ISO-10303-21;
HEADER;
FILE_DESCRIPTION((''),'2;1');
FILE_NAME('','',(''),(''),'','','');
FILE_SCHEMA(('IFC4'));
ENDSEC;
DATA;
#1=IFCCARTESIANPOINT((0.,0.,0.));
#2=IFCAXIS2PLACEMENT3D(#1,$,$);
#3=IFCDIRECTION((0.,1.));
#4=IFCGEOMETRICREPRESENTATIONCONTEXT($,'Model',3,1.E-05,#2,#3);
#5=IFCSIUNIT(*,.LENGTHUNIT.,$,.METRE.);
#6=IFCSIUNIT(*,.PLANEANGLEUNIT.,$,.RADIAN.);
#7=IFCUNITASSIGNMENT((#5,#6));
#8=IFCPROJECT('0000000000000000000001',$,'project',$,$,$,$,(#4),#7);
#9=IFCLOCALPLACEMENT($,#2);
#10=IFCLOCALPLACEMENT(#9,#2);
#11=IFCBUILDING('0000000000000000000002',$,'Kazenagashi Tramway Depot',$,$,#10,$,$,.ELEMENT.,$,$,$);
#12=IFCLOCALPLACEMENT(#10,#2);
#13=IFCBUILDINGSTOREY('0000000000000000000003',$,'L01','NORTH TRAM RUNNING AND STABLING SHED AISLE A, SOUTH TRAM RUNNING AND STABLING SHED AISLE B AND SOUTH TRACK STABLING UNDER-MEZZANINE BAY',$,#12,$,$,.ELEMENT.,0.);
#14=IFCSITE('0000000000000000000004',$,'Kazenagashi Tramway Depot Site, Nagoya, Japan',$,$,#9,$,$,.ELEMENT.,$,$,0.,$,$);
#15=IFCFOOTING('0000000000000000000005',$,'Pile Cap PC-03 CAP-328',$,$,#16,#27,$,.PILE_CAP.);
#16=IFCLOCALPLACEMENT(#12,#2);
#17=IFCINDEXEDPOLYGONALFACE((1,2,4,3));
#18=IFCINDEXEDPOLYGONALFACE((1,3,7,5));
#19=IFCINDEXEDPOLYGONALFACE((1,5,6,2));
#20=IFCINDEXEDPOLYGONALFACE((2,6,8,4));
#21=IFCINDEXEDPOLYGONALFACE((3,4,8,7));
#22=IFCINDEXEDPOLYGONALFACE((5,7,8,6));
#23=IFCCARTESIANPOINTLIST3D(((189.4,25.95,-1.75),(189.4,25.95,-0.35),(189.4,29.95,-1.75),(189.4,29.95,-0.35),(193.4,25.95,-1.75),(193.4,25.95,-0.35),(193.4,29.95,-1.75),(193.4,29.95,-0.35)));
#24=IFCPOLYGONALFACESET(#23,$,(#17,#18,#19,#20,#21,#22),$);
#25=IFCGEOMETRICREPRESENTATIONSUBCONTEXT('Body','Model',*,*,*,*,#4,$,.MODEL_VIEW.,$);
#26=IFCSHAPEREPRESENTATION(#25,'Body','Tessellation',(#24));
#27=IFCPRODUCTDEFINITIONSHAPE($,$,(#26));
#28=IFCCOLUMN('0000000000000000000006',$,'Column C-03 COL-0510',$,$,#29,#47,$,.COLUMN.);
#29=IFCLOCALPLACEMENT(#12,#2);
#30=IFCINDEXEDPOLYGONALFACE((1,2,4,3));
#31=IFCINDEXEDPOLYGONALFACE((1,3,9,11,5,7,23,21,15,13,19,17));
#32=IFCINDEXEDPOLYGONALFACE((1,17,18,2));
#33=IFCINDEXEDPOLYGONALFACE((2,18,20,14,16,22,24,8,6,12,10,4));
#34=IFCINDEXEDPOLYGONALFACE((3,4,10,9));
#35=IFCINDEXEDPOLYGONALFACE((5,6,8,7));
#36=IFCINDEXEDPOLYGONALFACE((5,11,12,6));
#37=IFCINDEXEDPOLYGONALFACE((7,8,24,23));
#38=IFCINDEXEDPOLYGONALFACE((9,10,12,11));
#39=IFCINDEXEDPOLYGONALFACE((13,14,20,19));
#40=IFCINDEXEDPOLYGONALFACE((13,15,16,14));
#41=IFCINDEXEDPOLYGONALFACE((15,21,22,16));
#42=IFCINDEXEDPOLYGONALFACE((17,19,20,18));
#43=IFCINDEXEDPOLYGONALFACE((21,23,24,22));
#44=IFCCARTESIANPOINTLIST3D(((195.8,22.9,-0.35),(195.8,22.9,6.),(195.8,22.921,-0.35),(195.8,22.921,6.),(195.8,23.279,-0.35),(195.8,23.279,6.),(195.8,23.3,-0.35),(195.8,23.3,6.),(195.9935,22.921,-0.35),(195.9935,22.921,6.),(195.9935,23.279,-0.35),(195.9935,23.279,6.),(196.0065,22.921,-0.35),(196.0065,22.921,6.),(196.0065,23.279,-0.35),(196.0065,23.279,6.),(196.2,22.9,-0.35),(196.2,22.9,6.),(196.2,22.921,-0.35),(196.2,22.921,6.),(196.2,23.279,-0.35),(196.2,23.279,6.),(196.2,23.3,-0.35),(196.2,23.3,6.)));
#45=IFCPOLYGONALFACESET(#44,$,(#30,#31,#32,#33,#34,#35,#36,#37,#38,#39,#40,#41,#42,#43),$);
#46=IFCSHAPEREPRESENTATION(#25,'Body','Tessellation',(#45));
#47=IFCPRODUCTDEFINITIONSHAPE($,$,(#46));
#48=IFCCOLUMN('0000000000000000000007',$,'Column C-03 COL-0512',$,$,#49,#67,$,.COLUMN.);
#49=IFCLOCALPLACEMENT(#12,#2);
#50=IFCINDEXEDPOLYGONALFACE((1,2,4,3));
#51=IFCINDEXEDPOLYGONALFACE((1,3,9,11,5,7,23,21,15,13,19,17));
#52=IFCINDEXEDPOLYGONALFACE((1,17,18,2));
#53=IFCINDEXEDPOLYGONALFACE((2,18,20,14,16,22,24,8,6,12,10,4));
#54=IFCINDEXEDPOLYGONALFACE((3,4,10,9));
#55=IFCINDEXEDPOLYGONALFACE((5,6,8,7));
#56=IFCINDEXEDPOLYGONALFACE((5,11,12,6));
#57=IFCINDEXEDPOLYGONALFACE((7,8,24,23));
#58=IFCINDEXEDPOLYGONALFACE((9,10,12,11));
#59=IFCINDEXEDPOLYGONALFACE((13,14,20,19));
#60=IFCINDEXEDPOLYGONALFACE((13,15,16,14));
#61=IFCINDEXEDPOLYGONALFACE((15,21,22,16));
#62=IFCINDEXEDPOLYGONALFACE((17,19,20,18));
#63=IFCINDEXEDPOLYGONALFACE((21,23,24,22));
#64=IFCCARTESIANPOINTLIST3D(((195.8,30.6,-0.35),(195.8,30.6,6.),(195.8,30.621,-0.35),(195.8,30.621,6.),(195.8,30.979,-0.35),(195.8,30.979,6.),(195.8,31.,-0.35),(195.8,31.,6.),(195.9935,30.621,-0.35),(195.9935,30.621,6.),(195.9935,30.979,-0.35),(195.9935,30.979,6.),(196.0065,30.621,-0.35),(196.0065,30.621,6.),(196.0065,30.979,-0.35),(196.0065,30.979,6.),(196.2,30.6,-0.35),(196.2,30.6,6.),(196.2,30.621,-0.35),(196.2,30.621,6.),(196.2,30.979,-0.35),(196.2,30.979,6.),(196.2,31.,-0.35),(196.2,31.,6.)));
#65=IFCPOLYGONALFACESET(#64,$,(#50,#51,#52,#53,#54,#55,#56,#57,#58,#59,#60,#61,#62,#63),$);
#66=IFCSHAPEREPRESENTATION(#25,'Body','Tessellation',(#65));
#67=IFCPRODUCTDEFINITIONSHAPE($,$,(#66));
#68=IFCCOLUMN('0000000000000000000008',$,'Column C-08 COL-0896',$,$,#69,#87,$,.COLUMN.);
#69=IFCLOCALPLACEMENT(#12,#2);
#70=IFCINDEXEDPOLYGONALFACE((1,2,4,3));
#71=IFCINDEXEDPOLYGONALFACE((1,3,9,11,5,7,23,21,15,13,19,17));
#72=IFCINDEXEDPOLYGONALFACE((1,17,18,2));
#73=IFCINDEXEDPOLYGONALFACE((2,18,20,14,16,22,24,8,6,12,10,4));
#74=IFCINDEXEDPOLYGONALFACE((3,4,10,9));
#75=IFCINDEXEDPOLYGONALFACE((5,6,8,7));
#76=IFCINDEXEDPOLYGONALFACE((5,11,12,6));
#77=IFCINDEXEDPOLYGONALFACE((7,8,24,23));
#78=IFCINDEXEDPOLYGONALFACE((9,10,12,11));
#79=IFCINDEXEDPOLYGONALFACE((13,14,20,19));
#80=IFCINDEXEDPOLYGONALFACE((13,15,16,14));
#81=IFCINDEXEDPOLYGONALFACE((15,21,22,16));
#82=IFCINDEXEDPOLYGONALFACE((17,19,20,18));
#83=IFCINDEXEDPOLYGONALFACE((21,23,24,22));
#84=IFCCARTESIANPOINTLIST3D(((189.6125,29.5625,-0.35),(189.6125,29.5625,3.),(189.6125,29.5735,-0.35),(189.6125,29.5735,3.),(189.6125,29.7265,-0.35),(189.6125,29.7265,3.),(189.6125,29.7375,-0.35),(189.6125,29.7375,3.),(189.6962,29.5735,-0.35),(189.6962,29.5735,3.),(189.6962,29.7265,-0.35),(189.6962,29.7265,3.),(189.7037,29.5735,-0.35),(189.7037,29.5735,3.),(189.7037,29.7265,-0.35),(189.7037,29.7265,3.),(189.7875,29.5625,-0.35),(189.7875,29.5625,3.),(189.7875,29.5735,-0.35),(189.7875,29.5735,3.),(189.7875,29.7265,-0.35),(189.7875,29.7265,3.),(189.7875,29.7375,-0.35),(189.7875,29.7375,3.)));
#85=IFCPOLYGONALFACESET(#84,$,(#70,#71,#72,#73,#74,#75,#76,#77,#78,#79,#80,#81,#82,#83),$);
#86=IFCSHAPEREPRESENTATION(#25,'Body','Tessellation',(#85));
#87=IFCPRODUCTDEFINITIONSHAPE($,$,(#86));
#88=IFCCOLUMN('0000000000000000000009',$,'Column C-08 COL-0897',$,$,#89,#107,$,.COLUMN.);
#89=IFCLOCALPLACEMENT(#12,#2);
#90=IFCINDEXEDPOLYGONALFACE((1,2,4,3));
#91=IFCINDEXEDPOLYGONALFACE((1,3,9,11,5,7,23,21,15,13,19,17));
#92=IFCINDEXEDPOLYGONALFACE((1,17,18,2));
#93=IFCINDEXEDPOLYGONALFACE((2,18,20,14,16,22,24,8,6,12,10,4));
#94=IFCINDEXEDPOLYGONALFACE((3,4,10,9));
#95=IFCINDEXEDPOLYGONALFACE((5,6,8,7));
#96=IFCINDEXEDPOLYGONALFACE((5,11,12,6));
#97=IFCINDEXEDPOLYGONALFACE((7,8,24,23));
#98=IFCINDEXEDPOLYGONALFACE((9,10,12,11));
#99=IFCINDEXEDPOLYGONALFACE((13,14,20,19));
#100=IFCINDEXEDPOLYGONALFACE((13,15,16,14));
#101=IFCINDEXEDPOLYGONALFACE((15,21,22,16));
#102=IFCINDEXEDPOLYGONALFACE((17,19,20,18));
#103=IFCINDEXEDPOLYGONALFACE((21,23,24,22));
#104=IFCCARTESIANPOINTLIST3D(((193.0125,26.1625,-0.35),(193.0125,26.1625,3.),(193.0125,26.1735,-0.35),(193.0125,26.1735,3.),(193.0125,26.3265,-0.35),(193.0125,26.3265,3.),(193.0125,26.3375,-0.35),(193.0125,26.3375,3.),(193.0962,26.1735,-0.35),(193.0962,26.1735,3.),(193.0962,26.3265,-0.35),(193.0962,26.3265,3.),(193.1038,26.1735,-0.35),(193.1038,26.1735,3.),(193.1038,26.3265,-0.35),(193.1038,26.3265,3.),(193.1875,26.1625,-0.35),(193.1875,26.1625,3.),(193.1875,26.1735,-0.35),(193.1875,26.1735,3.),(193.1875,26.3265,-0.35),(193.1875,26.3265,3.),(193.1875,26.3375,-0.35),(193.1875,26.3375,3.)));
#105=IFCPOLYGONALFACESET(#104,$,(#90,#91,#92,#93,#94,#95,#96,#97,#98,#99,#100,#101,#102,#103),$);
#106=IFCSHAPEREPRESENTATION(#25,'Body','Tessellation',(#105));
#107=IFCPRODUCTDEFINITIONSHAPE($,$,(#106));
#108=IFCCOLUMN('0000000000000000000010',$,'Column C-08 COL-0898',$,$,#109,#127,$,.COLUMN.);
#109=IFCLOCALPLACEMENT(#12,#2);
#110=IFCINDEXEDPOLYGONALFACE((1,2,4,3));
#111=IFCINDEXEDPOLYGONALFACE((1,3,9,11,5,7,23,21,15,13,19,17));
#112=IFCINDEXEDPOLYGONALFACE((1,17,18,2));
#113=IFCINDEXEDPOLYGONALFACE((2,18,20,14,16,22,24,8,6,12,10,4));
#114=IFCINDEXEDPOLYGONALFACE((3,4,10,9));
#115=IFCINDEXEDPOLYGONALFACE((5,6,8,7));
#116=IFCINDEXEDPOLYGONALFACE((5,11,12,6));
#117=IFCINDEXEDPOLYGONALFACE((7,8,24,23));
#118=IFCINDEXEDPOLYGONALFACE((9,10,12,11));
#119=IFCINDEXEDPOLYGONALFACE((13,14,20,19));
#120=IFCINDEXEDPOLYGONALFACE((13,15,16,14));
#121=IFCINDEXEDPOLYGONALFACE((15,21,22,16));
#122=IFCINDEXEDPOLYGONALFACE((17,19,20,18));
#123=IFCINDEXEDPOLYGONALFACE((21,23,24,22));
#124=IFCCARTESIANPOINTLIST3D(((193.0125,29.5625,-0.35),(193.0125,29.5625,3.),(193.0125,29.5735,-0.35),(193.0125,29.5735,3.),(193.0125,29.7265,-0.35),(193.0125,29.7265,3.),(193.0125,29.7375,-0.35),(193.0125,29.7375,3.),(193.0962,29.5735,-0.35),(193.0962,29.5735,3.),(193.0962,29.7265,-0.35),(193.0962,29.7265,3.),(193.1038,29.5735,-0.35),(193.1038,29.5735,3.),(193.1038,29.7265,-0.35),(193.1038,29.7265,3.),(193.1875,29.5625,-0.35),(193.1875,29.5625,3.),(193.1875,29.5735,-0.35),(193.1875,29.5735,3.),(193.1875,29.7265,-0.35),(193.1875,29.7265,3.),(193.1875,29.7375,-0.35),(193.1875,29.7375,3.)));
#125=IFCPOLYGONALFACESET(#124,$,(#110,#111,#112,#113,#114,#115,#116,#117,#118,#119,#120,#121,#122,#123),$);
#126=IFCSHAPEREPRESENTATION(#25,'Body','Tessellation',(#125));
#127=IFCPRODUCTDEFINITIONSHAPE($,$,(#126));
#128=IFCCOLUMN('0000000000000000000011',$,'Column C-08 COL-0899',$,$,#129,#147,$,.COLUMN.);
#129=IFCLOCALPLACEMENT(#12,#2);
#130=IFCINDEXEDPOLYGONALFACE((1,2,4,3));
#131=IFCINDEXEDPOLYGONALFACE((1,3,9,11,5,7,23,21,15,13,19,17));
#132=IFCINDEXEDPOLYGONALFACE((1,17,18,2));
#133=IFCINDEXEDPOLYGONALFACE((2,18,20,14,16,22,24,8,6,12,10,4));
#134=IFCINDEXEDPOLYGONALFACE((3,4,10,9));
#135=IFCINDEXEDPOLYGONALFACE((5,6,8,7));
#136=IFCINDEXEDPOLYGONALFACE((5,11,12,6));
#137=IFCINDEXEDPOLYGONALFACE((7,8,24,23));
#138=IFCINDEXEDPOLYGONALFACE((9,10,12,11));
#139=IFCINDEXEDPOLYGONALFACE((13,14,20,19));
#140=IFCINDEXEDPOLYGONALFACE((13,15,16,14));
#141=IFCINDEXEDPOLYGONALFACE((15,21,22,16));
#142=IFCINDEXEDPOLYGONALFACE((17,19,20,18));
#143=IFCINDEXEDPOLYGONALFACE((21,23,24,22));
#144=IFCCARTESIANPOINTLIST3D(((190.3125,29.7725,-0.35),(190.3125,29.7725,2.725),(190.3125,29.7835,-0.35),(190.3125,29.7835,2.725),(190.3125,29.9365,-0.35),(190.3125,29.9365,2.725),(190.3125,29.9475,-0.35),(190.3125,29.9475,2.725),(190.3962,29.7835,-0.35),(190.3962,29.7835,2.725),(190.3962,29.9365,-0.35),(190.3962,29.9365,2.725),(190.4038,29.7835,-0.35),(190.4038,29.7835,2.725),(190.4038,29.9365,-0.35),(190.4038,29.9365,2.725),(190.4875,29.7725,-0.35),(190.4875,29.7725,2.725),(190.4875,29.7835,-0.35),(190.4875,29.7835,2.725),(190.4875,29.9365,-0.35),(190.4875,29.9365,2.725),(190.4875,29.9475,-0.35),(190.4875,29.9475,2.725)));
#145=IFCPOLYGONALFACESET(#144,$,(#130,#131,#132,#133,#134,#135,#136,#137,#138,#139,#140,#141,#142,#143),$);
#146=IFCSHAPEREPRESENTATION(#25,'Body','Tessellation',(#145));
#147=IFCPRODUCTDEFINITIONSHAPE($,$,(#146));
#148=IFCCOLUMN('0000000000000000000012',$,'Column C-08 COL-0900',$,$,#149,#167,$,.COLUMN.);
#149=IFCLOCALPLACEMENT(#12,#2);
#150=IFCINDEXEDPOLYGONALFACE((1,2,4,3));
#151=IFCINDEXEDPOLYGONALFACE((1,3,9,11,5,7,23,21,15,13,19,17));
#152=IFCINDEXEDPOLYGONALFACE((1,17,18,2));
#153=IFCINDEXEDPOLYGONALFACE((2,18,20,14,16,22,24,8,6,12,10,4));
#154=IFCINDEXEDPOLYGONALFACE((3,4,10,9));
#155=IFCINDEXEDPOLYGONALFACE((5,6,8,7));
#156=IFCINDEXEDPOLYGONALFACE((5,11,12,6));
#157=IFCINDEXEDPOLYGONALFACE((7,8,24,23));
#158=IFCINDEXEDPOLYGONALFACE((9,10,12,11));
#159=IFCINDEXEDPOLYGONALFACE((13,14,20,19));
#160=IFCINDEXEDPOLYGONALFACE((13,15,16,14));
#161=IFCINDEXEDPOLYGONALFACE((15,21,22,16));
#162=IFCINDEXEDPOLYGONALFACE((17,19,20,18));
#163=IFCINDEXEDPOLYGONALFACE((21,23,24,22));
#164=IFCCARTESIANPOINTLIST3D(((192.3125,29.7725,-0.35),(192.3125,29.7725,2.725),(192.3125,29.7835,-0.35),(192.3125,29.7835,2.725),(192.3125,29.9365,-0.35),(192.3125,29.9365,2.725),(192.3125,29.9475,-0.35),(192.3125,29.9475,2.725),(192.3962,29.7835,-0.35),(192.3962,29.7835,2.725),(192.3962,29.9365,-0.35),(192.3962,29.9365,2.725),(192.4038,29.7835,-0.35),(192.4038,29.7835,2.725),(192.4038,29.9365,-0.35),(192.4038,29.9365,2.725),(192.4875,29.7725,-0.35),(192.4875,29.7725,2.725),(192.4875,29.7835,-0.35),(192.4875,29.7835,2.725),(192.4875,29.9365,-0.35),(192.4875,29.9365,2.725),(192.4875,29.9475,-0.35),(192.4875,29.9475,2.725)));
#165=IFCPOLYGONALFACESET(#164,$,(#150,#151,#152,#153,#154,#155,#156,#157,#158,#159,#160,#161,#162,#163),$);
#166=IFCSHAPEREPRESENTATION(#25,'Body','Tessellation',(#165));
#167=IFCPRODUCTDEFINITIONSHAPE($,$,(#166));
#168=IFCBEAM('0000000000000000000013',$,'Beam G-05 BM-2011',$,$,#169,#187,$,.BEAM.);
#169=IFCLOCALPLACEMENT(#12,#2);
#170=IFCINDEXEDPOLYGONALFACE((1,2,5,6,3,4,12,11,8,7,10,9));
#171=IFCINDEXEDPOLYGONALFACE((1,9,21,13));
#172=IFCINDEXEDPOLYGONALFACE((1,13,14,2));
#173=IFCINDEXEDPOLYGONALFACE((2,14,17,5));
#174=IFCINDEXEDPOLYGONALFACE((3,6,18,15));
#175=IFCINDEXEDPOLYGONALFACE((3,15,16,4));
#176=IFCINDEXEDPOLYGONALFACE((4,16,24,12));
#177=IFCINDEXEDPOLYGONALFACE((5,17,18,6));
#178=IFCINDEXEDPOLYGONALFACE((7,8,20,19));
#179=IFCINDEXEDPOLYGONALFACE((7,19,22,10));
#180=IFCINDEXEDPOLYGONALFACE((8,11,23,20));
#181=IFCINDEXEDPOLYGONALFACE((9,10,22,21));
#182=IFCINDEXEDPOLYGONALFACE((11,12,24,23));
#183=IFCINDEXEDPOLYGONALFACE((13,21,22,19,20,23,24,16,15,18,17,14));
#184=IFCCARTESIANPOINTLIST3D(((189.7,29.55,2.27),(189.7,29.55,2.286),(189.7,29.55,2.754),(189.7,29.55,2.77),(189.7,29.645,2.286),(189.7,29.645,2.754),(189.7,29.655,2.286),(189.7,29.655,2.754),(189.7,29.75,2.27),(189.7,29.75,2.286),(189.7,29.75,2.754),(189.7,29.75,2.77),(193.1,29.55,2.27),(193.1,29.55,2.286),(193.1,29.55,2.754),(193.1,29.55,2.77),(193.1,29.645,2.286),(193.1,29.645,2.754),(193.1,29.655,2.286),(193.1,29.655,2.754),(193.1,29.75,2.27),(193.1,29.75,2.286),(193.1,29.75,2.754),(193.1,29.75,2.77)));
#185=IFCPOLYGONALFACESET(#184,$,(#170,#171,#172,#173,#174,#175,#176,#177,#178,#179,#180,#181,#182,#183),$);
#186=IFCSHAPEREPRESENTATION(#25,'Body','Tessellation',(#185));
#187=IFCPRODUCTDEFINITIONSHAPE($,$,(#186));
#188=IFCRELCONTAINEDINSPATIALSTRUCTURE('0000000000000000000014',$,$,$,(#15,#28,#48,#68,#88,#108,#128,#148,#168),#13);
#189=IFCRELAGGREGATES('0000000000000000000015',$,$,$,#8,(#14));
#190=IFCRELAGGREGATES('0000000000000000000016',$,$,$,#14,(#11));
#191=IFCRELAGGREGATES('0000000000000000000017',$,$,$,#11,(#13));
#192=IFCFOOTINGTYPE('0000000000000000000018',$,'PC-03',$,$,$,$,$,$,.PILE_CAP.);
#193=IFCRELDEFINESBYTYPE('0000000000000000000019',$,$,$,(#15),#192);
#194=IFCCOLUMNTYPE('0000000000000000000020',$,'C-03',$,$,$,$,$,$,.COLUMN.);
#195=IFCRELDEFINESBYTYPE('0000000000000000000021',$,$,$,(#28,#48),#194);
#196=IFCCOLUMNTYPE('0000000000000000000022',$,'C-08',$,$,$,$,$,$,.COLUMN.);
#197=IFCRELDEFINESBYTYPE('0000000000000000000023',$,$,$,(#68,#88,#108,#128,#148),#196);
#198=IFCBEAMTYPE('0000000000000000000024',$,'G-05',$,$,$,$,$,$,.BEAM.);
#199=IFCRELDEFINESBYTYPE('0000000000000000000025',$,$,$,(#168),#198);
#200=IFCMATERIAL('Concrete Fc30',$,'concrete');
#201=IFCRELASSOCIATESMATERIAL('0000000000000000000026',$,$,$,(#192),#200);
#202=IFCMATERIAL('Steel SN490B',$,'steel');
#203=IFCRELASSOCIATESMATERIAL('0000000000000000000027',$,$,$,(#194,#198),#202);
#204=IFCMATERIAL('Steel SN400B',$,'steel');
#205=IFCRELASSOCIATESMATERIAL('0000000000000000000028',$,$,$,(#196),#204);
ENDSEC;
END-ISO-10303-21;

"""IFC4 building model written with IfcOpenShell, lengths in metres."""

from ifc_helpers import new_model, si_unit, direction, frame, origin, origin_2d, place, context, subcontext, project, spatial, rectangle, i_section, extrude, material, material_profile, profile_set, type_object, element, save


model = new_model("IFC4")

# Units and contexts
model_context = context("Model", 3, precision=1e-05, world=origin(), true_north=direction((0.0, 1.0)))
body_context = subcontext(model_context, "Body", "Model", "MODEL_VIEW")
ifc_project = project(units=[si_unit("LENGTHUNIT", "METRE"), si_unit("PLANEANGLEUNIT", "RADIAN")], contexts=[model_context])

# Site, building, storey
site_placement = place(None, origin())
site = spatial("IfcSite", under=ifc_project, at=site_placement, Name="Kazenagashi Tramway Depot Site, Nagoya, Japan", CompositionType="ELEMENT", RefElevation=0.0)
building_placement = place(site_placement, origin())
building = spatial("IfcBuilding", under=site, at=building_placement, Name="Kazenagashi Tramway Depot", CompositionType="ELEMENT")
storey_placement = place(building_placement, origin())
storey = spatial("IfcBuildingStorey", under=building, at=storey_placement, Name="L01", Description="NORTH TRAM RUNNING AND STABLING SHED AISLE A, SOUTH TRAM RUNNING AND STABLING SHED AISLE B AND SOUTH TRACK STABLING UNDER-MEZZANINE BAY", CompositionType="ELEMENT", Elevation=0.0)

# Shared definitions
ifc_material_1 = material(Name="Concrete Fc30", Category="concrete")

# Footing
footing_type = type_object("IfcFootingType", Name="PC-03", PredefinedType="PILE_CAP", material=ifc_material_1)
for number, where, z_axis, x_axis, name in (
    (1, (191.4, 27.95, -1.75), (0.0, 0.0, 1.0), (1.0, 0.0, 0.0), "Pile Cap PC-03 CAP-328"),
):
    element("IfcFooting", number, at=place(storey_placement, frame(where, z_axis=z_axis, x_axis=x_axis)), inside=storey, type_object=footing_type, Name=name, PredefinedType="PILE_CAP", context=body_context, shape_type="SweptSolid", body=[
        extrude(rectangle(XDim=4.0, YDim=4.0, at=origin_2d()), origin(), (0.0, 0.0, 1.0), 1.4),
    ])

# Columns
ifc_material_2 = material(Name="Steel SN490B", Category="steel")
ifc_material_profile_1 = material_profile(ifc_material_2, i_section(OverallWidth=0.4, OverallDepth=0.4, WebThickness=0.013, FlangeThickness=0.021, at=origin_2d()), Name="H-400x400x13x21")
ifc_profile_set_1 = profile_set([ifc_material_profile_1], Name="Steel SN490B")
column_type_1 = type_object("IfcColumnType", Name="C-03", PredefinedType="COLUMN", material=ifc_profile_set_1)
for number, where, z_axis, x_axis, name in (
    (2, (196.0, 23.1, -0.35), (0.0, 0.0, 1.0), (1.0, 0.0, 0.0), "Column C-03 COL-0510"),
    (3, (196.0, 30.8, -0.35), (0.0, 0.0, 1.0), (1.0, 0.0, 0.0), "Column C-03 COL-0512"),
):
    element("IfcColumn", number, at=place(storey_placement, frame(where, z_axis=z_axis, x_axis=x_axis)), inside=storey, type_object=column_type_1, Name=name, PredefinedType="COLUMN", context=body_context, shape_type="SweptSolid", body=[
        extrude(i_section(OverallWidth=0.4, OverallDepth=0.4, WebThickness=0.013, FlangeThickness=0.021, at=origin_2d()), origin(), (0.0, 0.0, 1.0), 6.35),
    ])
ifc_material_3 = material(Name="Steel SN400B", Category="steel")
ifc_material_profile_2 = material_profile(ifc_material_3, i_section(OverallWidth=0.175, OverallDepth=0.175, WebThickness=0.0075, FlangeThickness=0.011, at=origin_2d()), Name="H-175x175x7.5x11")
ifc_profile_set_2 = profile_set([ifc_material_profile_2], Name="Steel SN400B")
column_type_2 = type_object("IfcColumnType", Name="C-08", PredefinedType="COLUMN", material=ifc_profile_set_2)
for number, where, z_axis, x_axis, name in (
    (4, (189.7, 29.65, -0.35), (0.0, 0.0, 1.0), (1.0, 0.0, 0.0), "Column C-08 COL-0896"),
    (5, (193.1, 26.25, -0.35), (0.0, 0.0, 1.0), (1.0, 0.0, 0.0), "Column C-08 COL-0897"),
    (6, (193.1, 29.65, -0.35), (0.0, 0.0, 1.0), (1.0, 0.0, 0.0), "Column C-08 COL-0898"),
):
    element("IfcColumn", number, at=place(storey_placement, frame(where, z_axis=z_axis, x_axis=x_axis)), inside=storey, type_object=column_type_2, Name=name, PredefinedType="COLUMN", context=body_context, shape_type="SweptSolid", body=[
        extrude(i_section(OverallWidth=0.175, OverallDepth=0.175, WebThickness=0.0075, FlangeThickness=0.011, at=origin_2d()), origin(), (0.0, 0.0, 1.0), 3.35),
    ])
for number, where, z_axis, x_axis, name in (
    (7, (190.4, 29.86, -0.35), (0.0, 0.0, 1.0), (1.0, 0.0, 0.0), "Column C-08 COL-0899"),
    (8, (192.4, 29.86, -0.35), (0.0, 0.0, 1.0), (1.0, 0.0, 0.0), "Column C-08 COL-0900"),
):
    element("IfcColumn", number, at=place(storey_placement, frame(where, z_axis=z_axis, x_axis=x_axis)), inside=storey, type_object=column_type_2, Name=name, PredefinedType="COLUMN", context=body_context, shape_type="SweptSolid", body=[
        extrude(i_section(OverallWidth=0.175, OverallDepth=0.175, WebThickness=0.0075, FlangeThickness=0.011, at=origin_2d()), origin(), (0.0, 0.0, 1.0), 3.075),
    ])

# Beam
ifc_material_profile_3 = material_profile(ifc_material_2, i_section(OverallWidth=0.2, OverallDepth=0.5, WebThickness=0.01, FlangeThickness=0.016, at=origin_2d()), Name="H-500x200x10x16")
ifc_profile_set_3 = profile_set([ifc_material_profile_3], Name="Steel SN490B")
beam_type = type_object("IfcBeamType", Name="G-05", PredefinedType="BEAM", material=ifc_profile_set_3)
for number, where, z_axis, x_axis, name in (
    (9, (189.7, 29.65, 2.52), (1.0, 0.0, 0.0), (0.0, 1.0, 0.0), "Beam G-05 BM-2011"),
):
    element("IfcBeam", number, at=place(storey_placement, frame(where, z_axis=z_axis, x_axis=x_axis)), inside=storey, type_object=beam_type, Name=name, PredefinedType="BEAM", context=body_context, shape_type="SweptSolid", body=[
        extrude(i_section(OverallWidth=0.2, OverallDepth=0.5, WebThickness=0.01, FlangeThickness=0.016, at=origin_2d()), origin(), (0.0, 0.0, 1.0), 3.4),
    ])

save(model, "model.ifc")
